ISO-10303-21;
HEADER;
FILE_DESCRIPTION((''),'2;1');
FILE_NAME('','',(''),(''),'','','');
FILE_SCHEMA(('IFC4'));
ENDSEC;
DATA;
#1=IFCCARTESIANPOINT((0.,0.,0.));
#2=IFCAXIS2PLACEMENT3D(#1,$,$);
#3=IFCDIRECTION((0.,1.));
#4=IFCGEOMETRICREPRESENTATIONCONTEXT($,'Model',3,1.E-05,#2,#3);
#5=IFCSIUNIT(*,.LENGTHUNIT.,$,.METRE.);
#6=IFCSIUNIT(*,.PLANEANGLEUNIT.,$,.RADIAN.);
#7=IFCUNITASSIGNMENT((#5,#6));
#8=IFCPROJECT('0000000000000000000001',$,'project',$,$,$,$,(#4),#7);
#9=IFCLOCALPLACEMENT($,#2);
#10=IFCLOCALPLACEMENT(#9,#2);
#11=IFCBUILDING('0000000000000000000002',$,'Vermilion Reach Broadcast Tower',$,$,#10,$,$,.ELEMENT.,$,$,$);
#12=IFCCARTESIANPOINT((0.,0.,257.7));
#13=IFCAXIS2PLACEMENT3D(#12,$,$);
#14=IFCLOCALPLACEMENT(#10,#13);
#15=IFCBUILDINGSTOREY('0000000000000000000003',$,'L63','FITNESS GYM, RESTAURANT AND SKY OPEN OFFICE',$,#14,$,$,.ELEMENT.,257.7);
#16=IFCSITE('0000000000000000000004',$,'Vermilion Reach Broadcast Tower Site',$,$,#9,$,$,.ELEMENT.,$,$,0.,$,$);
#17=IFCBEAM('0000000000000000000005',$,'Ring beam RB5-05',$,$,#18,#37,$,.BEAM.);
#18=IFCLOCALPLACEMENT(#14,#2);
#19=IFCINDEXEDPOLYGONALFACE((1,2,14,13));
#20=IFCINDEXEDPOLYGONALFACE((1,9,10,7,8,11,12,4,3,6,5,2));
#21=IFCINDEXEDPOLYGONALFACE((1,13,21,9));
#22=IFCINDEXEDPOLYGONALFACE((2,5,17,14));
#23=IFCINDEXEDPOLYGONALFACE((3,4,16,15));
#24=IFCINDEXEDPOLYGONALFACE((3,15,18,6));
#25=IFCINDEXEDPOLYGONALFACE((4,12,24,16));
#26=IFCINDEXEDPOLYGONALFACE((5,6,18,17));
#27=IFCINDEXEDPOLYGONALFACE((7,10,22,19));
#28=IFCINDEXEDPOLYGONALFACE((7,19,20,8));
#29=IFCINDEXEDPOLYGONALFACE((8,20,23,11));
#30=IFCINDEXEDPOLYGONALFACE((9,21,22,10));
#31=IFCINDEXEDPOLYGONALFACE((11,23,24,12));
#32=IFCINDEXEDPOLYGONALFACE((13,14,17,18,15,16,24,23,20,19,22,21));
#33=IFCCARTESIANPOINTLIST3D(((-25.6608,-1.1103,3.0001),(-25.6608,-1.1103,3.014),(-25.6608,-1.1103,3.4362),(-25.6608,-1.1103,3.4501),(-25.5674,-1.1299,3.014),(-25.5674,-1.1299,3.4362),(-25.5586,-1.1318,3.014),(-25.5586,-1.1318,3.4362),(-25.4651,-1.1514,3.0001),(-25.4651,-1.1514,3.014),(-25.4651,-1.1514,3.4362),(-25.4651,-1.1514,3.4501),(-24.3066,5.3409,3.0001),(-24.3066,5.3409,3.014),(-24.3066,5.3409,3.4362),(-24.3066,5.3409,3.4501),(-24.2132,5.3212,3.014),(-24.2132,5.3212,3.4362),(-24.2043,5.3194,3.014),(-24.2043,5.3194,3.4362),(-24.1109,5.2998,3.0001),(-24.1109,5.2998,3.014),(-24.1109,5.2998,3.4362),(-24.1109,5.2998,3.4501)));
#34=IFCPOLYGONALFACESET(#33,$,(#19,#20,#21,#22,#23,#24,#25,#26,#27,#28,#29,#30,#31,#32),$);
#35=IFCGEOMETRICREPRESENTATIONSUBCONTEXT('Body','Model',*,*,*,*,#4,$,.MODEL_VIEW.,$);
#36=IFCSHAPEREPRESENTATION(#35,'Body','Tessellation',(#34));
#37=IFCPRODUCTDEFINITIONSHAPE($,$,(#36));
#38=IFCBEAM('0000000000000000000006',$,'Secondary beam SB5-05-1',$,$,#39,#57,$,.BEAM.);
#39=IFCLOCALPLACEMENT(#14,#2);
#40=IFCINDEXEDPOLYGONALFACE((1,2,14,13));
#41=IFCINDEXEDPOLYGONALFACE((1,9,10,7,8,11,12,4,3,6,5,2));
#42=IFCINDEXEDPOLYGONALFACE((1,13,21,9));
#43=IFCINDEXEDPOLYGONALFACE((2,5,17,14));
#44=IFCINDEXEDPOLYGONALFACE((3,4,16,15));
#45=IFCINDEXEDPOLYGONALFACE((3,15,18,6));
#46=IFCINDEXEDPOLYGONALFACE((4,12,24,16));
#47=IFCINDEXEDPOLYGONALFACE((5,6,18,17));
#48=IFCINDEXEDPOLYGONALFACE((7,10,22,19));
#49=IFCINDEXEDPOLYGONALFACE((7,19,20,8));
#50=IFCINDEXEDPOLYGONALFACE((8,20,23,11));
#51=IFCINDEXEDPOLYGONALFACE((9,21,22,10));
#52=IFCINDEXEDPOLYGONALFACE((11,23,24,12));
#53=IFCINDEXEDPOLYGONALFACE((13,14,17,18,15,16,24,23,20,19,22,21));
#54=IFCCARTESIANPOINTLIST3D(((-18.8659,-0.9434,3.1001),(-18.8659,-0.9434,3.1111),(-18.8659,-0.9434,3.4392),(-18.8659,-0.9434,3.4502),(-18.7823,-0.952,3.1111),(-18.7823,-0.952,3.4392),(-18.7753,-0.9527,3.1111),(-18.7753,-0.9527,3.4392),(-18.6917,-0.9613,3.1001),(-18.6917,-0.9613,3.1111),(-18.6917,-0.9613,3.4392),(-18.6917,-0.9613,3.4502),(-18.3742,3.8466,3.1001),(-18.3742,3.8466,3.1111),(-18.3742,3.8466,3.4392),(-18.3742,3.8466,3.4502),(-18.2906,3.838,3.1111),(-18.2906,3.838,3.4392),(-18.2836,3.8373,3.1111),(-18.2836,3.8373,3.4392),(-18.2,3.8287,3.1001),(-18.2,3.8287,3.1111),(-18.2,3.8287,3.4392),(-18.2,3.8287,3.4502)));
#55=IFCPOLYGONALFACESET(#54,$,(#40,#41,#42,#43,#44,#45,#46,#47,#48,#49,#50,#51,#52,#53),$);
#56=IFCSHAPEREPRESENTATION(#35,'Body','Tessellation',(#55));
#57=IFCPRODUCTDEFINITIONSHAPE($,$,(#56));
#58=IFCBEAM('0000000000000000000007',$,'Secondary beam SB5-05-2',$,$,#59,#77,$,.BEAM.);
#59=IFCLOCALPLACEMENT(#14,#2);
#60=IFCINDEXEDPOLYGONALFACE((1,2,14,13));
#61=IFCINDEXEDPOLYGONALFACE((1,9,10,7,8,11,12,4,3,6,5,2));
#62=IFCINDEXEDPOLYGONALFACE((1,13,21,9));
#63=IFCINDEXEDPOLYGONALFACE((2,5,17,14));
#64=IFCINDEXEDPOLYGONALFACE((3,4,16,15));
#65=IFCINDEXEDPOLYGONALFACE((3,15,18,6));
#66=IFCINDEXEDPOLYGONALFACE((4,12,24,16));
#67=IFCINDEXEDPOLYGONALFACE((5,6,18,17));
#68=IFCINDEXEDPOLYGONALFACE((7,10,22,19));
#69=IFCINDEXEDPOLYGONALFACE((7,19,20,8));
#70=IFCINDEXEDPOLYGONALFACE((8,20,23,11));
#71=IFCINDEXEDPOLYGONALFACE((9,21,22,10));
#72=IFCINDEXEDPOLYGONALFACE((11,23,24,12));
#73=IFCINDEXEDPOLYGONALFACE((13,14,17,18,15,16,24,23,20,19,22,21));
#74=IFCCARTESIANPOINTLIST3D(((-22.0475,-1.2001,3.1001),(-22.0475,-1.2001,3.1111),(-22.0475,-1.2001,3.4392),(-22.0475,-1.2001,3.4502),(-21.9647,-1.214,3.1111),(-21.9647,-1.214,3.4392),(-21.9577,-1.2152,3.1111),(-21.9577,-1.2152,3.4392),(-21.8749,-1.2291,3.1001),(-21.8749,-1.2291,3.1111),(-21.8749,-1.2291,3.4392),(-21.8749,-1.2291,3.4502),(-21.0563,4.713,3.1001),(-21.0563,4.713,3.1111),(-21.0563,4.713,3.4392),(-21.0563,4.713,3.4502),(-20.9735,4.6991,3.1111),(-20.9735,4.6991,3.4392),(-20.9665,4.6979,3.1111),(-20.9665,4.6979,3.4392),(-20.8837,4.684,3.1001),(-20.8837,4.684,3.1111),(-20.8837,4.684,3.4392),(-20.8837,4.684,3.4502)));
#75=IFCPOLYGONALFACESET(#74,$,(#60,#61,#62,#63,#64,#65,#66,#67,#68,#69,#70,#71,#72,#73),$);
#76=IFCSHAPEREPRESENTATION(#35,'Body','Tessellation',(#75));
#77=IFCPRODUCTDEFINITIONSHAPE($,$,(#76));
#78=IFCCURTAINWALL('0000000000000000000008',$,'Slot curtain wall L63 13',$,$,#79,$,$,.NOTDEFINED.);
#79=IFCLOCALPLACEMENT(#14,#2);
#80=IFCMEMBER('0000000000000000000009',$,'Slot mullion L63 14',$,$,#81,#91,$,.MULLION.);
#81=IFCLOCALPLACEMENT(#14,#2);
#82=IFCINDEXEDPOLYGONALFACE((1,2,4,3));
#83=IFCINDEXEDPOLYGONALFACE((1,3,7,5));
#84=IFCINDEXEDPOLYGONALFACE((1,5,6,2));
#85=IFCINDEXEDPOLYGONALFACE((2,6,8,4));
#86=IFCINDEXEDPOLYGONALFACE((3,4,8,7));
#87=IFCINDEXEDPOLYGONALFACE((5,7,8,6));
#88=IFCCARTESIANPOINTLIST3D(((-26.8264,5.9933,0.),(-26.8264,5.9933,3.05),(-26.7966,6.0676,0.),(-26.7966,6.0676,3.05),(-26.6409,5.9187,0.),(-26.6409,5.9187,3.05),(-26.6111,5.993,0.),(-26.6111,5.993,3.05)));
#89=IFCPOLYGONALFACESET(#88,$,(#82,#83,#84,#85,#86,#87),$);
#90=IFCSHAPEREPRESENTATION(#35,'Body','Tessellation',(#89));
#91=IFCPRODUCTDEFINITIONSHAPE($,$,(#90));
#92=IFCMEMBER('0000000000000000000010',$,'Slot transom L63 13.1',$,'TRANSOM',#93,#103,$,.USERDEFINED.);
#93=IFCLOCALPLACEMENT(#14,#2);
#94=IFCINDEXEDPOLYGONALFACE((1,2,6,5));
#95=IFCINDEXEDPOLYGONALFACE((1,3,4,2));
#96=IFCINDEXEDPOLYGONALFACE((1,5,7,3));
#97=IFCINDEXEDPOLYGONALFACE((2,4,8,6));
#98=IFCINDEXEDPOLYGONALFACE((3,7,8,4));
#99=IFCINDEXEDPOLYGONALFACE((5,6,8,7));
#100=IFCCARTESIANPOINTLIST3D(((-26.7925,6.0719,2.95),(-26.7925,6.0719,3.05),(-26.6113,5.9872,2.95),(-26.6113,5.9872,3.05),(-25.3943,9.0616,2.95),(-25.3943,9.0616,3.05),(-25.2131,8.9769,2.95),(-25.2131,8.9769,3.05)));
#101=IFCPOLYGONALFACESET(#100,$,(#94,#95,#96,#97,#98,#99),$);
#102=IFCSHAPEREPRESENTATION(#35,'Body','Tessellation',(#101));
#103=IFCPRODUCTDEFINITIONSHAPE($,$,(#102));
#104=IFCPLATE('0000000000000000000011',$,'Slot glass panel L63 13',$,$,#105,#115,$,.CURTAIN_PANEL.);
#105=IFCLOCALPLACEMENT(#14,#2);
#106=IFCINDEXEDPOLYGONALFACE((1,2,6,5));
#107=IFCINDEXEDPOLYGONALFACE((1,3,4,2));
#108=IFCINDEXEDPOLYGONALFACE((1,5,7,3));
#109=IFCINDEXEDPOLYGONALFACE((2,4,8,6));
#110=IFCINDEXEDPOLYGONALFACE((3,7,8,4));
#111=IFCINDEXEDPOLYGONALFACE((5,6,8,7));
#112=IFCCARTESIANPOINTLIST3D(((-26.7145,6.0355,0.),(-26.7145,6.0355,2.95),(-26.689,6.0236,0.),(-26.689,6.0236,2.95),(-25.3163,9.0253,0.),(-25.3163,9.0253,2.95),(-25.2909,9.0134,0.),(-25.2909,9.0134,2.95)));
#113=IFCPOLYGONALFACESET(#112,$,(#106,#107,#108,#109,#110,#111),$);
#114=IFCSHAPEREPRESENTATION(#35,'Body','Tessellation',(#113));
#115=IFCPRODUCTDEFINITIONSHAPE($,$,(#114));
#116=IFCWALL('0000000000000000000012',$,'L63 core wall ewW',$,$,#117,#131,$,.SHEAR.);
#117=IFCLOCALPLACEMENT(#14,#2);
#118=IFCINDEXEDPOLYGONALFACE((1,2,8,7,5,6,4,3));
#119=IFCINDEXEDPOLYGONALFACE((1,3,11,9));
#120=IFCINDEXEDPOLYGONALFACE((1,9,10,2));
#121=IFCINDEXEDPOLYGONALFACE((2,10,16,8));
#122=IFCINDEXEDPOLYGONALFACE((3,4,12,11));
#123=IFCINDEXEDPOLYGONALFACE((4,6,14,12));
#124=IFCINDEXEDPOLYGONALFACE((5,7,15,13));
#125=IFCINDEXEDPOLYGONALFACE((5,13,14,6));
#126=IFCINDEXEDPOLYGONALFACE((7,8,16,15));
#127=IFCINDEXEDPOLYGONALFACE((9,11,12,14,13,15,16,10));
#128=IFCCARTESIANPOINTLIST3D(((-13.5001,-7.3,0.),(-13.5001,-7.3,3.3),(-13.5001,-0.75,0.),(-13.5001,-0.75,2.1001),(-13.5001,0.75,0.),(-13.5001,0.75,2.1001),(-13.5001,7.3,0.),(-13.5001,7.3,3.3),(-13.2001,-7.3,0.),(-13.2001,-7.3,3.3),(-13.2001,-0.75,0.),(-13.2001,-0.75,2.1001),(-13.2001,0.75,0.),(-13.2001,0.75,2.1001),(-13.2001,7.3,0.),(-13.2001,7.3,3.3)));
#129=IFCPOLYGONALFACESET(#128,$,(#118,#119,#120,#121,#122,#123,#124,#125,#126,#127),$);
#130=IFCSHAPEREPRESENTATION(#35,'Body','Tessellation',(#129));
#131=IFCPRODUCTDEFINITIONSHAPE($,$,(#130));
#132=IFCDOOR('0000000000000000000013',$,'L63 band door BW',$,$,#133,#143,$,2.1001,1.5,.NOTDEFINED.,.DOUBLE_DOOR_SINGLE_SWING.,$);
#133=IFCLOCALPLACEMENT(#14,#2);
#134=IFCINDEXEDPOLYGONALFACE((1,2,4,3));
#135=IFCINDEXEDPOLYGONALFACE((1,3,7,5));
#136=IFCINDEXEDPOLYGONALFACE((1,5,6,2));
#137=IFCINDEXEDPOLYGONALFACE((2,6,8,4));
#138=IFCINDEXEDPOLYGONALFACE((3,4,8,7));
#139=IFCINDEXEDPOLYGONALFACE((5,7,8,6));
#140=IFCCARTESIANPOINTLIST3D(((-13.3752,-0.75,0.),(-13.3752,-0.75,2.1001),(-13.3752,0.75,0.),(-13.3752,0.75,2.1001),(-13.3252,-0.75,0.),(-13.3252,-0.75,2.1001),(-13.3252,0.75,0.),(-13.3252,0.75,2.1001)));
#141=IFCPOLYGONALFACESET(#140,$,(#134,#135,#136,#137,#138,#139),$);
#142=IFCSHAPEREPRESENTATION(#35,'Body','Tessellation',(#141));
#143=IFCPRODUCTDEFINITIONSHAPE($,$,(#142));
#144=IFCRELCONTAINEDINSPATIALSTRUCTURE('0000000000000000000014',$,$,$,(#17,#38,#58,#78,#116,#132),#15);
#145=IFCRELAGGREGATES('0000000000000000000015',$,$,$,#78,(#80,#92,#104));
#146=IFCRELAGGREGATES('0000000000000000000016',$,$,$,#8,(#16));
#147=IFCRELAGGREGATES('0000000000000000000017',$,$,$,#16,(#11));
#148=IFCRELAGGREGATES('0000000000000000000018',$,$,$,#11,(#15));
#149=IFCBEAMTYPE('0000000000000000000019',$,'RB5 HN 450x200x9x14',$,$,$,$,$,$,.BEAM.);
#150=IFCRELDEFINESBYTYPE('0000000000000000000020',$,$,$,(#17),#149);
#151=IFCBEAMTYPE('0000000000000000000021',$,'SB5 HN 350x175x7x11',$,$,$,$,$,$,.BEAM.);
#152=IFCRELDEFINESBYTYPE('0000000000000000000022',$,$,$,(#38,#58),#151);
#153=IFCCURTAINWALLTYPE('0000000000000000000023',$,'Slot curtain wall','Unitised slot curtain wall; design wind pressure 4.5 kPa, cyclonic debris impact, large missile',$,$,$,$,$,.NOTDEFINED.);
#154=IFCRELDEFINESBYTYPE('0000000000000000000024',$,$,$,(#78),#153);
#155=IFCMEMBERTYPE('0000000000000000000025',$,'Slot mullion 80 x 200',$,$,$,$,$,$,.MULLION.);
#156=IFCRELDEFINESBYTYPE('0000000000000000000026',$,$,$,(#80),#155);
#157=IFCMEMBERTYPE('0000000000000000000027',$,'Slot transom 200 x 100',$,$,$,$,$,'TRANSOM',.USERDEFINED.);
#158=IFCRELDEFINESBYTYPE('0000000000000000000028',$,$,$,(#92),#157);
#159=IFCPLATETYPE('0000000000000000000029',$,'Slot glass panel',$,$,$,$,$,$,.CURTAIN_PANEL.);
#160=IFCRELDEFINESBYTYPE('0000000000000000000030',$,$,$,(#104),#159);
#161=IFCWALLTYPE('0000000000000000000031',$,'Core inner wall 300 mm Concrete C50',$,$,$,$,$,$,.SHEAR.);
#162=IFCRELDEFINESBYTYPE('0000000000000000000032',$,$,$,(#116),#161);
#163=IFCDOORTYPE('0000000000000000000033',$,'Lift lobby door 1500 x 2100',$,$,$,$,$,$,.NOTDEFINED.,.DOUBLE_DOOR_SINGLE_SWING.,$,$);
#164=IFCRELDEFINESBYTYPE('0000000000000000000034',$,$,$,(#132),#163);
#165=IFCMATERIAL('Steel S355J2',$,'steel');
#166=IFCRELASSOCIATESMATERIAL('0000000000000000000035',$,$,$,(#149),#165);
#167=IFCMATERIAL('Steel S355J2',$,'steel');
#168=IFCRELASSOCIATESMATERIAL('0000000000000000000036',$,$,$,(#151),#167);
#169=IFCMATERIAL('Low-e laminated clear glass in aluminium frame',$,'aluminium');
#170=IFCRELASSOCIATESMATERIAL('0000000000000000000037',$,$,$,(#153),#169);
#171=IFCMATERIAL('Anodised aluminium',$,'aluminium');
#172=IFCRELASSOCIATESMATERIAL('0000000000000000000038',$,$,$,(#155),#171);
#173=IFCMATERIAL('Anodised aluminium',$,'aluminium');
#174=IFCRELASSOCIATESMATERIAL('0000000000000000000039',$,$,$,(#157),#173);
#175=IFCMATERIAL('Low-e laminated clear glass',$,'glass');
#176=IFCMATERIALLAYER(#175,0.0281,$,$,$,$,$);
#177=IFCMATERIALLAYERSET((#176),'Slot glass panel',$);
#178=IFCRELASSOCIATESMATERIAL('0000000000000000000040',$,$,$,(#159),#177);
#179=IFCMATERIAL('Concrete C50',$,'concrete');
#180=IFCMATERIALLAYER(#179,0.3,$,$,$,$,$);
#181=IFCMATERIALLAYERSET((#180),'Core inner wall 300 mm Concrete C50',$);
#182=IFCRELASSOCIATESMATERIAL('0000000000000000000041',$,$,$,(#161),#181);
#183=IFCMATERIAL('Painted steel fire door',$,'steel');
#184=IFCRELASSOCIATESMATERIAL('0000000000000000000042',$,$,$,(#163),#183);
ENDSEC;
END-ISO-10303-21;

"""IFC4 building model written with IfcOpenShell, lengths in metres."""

from ifc_helpers import new_model, si_unit, direction, frame, frame_2d, origin, origin_2d, place, context, subcontext, project, spatial, rectangle, i_section, extrude, material, layer, layer_set, material_profile, profile_set, type_object, element, fill, aggregate, save


model = new_model("IFC4")

# Units and contexts
model_context = context("Model", 3, precision=1e-05, world=origin(), true_north=direction((0.0, 1.0)))
body_context = subcontext(model_context, "Body", "Model", "MODEL_VIEW")
ifc_project = project(units=[si_unit("LENGTHUNIT", "METRE"), si_unit("PLANEANGLEUNIT", "RADIAN")], contexts=[model_context])

# Site, building, storey
site_placement = place(None, origin())
site = spatial("IfcSite", under=ifc_project, at=site_placement, Name="Vermilion Reach Broadcast Tower Site", CompositionType="ELEMENT", RefElevation=0.0)
building_placement = place(site_placement, origin())
building = spatial("IfcBuilding", under=site, at=building_placement, Name="Vermilion Reach Broadcast Tower", CompositionType="ELEMENT")
storey_placement = place(building_placement, frame((0.0, 0.0, 257.7)))
storey = spatial("IfcBuildingStorey", under=building, at=storey_placement, Name="L63", Description="FITNESS GYM, RESTAURANT AND SKY OPEN OFFICE", CompositionType="ELEMENT", Elevation=257.7)

# Beams
ifc_material_1 = material(Name="Steel S355J2", Category="steel")
ifc_material_profile_1 = material_profile(ifc_material_1, i_section(OverallWidth=0.2, OverallDepth=0.45, WebThickness=0.009, FlangeThickness=0.0139, at=origin_2d()), Name="S355J2 HN 450x200x9x14")
ifc_profile_set_1 = profile_set([ifc_material_profile_1], Name="Steel S355J2")
beam_type_1 = type_object("IfcBeamType", Name="RB5 HN 450x200x9x14", PredefinedType="BEAM", material=ifc_profile_set_1)
beam_1_placement = place(storey_placement, frame((-24.2087, 5.3203, 3.2251), z_axis=(-0.205445, -0.978669, 0.0), x_axis=(0.978669, -0.205445, 0.0)))
element("IfcBeam", 1, at=beam_1_placement, inside=storey, type_object=beam_type_1, Name="Ring beam RB5-05", PredefinedType="BEAM", context=body_context, shape_type="SweptSolid", body=[
    extrude(i_section(OverallWidth=0.2, OverallDepth=0.45, WebThickness=0.009, FlangeThickness=0.0139, at=origin_2d()), origin(), (0.0, 0.0, 1.0), 6.5918),
])
ifc_material_2 = material(Name="Steel S355J2", Category="steel")
ifc_material_profile_2 = material_profile(ifc_material_2, i_section(OverallWidth=0.175, OverallDepth=0.3501, WebThickness=0.0071, FlangeThickness=0.011, at=origin_2d()), Name="S355J2 HN 350x175x7x11")
ifc_profile_set_2 = profile_set([ifc_material_profile_2], Name="Steel S355J2")
beam_type_2 = type_object("IfcBeamType", Name="SB5 HN 350x175x7x11", PredefinedType="BEAM", material=ifc_profile_set_2)
beam_2_placement = place(storey_placement, frame((-18.2871, 3.8376, 3.2751), z_axis=(-0.102114, -0.994773, 0.0), x_axis=(0.994773, -0.102114, 0.0)))
element("IfcBeam", 2, at=beam_2_placement, inside=storey, type_object=beam_type_2, Name="Secondary beam SB5-05-1", PredefinedType="BEAM", context=body_context, shape_type="SweptSolid", body=[
    extrude(i_section(OverallWidth=0.175, OverallDepth=0.3501, WebThickness=0.0071, FlangeThickness=0.011, at=origin_2d()), origin(), (0.0, 0.0, 1.0), 4.8152),
])
beam_3_placement = place(storey_placement, frame((-20.97, 4.6985, 3.2751), z_axis=(-0.165323, -0.986239, 0.0), x_axis=(0.986239, -0.165323, 0.0)))
element("IfcBeam", 3, at=beam_3_placement, inside=storey, type_object=beam_type_2, Name="Secondary beam SB5-05-2", PredefinedType="BEAM", context=body_context, shape_type="SweptSolid", body=[
    extrude(i_section(OverallWidth=0.175, OverallDepth=0.3501, WebThickness=0.0071, FlangeThickness=0.011, at=origin_2d()), origin(), (0.0, 0.0, 1.0), 5.9956),
])

# Curtain wall, members, plate
ifc_material_3 = material(Name="Low-e laminated clear glass in aluminium frame", Category="aluminium")
curtain_wall_type = type_object("IfcCurtainWallType", Name="Slot curtain wall", Description="Unitised slot curtain wall; design wind pressure 4.5 kPa, cyclonic debris impact, large missile", PredefinedType="NOTDEFINED", material=ifc_material_3)
curtain_wall_placement = place(storey_placement, origin())
curtain_wall = element("IfcCurtainWall", 4, at=curtain_wall_placement, inside=storey, type_object=curtain_wall_type, Name="Slot curtain wall L63 13", PredefinedType="NOTDEFINED")
ifc_material_4 = material(Name="Anodised aluminium", Category="aluminium")
ifc_material_profile_3 = material_profile(ifc_material_4, rectangle(XDim=0.2, YDim=0.0801, at=origin_2d()), Name="Slot mullion 80 x 200")
ifc_profile_set_3 = profile_set([ifc_material_profile_3], Name="Anodised aluminium")
member_type_1 = type_object("IfcMemberType", Name="Slot mullion 80 x 200", PredefinedType="MULLION", material=ifc_profile_set_3)
member_1_placement = place(storey_placement, frame((-26.7188, 5.9932, 0.0), z_axis=(0.0, 0.0, 1.0), x_axis=(0.927712, -0.373296, 0.0)))
member_1 = element("IfcMember", 5, at=member_1_placement, type_object=member_type_1, Name="Slot mullion L63 14", PredefinedType="MULLION", context=body_context, shape_type="SweptSolid", body=[
    extrude(rectangle(XDim=0.2, YDim=0.0801, at=origin_2d()), origin(), (0.0, 0.0, 1.0), 3.05),
])
ifc_material_5 = material(Name="Anodised aluminium", Category="aluminium")
ifc_material_profile_4 = material_profile(ifc_material_5, rectangle(XDim=0.2, YDim=0.1001, at=origin_2d()), Name="Slot transom 200 x 100")
ifc_profile_set_4 = profile_set([ifc_material_profile_4], Name="Anodised aluminium")
member_type_2 = type_object("IfcMemberType", Name="Slot transom 200 x 100", ElementType="TRANSOM", PredefinedType="USERDEFINED", material=ifc_profile_set_4)
member_2_placement = place(storey_placement, frame((-25.3037, 9.0193, 3.0), z_axis=(-0.423626, -0.905837, 0.0), x_axis=(0.905837, -0.423626, 0.0)))
member_2 = element("IfcMember", 6, at=member_2_placement, type_object=member_type_2, Name="Slot transom L63 13.1", ObjectType="TRANSOM", PredefinedType="USERDEFINED", context=body_context, shape_type="SweptSolid", body=[
    extrude(rectangle(XDim=0.2, YDim=0.1001, at=origin_2d()), origin(), (0.0, 0.0, 1.0), 3.3005),
])
ifc_material_6 = material(Name="Low-e laminated clear glass", Category="glass")
ifc_layer_1 = layer(ifc_material_6, 0.0281)
ifc_layer_set_1 = layer_set([ifc_layer_1], Name="Slot glass panel")
plate_type = type_object("IfcPlateType", Name="Slot glass panel", PredefinedType="CURTAIN_PANEL", material=ifc_layer_set_1)
plate_placement = place(storey_placement, frame((-26.0027, 7.5244, 0.0), z_axis=(0.0, 0.0, 1.0), x_axis=(-0.423606, -0.905847, 0.0)))
plate = element("IfcPlate", 7, at=plate_placement, type_object=plate_type, Name="Slot glass panel L63 13", PredefinedType="CURTAIN_PANEL", context=body_context, shape_type="SweptSolid", body=[
    extrude(rectangle(XDim=3.3005, YDim=0.0281, at=origin_2d()), origin(), (0.0, 0.0, 1.0), 2.95),
])
aggregate(curtain_wall, [member_1, member_2, plate])

# Wall, opening, door
ifc_material_7 = material(Name="Concrete C50", Category="concrete")
ifc_layer_2 = layer(ifc_material_7, 0.3)
ifc_layer_set_2 = layer_set([ifc_layer_2], Name="Core inner wall 300 mm Concrete C50")
wall_type_1 = type_object("IfcWallType", Name="Core inner wall 300 mm Concrete C50", PredefinedType="SHEAR", material=ifc_layer_set_2)
wall_1_placement = place(storey_placement, frame((-13.3501, 7.3, 0.0), z_axis=(0.0, 0.0, 1.0), x_axis=(0.0, -1.0, 0.0)))
wall_1 = element("IfcWall", 8, at=wall_1_placement, inside=storey, type_object=wall_type_1, Name="L63 core wall ewW", PredefinedType="SHEAR", context=body_context, shape_type="SweptSolid", body=[
    extrude(rectangle(XDim=14.6001, YDim=0.3, at=frame_2d((7.3, 0.0))), origin(), (0.0, 0.0, 1.0), 3.3),
])
opening_1_placement = place(wall_1_placement, frame((6.55, 0.0, 0.0)))
opening_1 = element("IfcOpeningElement", 9, at=opening_1_placement, cuts=wall_1, PredefinedType="OPENING", context=body_context, shape_type="SweptSolid", body=[
    extrude(rectangle(XDim=1.5, YDim=2.1001, at=frame_2d((0.75, 1.05))), frame((0.0, 0.1599, 0.0), z_axis=(0.0, -1.0, 0.0), x_axis=(1.0, 0.0, 0.0)), (0.0, 0.0, 1.0), 0.3201),
])
ifc_material_8 = material(Name="Painted steel fire door", Category="steel")
door_type_1 = type_object("IfcDoorType", Name="Lift lobby door 1500 x 2100", OperationType="DOUBLE_DOOR_SINGLE_SWING", PredefinedType="NOTDEFINED", material=ifc_material_8)
door_1_placement = place(opening_1_placement, origin())
door_1 = element("IfcDoor", 10, at=door_1_placement, inside=storey, type_object=door_type_1, Name="L63 band door BW", OperationType="DOUBLE_DOOR_SINGLE_SWING", OverallHeight=2.1001, OverallWidth=1.5, PredefinedType="NOTDEFINED", context=body_context, shape_type="SweptSolid", body=[
    extrude(rectangle(XDim=1.5, YDim=2.1001, at=frame_2d((0.75, 1.05))), frame((0.0, 0.0249, 0.0), z_axis=(0.0, -1.0, 0.0), x_axis=(1.0, 0.0, 0.0)), (0.0, 0.0, 1.0), 0.05),
])
fill(opening_1, door_1)

save(model, "model.ifc")
